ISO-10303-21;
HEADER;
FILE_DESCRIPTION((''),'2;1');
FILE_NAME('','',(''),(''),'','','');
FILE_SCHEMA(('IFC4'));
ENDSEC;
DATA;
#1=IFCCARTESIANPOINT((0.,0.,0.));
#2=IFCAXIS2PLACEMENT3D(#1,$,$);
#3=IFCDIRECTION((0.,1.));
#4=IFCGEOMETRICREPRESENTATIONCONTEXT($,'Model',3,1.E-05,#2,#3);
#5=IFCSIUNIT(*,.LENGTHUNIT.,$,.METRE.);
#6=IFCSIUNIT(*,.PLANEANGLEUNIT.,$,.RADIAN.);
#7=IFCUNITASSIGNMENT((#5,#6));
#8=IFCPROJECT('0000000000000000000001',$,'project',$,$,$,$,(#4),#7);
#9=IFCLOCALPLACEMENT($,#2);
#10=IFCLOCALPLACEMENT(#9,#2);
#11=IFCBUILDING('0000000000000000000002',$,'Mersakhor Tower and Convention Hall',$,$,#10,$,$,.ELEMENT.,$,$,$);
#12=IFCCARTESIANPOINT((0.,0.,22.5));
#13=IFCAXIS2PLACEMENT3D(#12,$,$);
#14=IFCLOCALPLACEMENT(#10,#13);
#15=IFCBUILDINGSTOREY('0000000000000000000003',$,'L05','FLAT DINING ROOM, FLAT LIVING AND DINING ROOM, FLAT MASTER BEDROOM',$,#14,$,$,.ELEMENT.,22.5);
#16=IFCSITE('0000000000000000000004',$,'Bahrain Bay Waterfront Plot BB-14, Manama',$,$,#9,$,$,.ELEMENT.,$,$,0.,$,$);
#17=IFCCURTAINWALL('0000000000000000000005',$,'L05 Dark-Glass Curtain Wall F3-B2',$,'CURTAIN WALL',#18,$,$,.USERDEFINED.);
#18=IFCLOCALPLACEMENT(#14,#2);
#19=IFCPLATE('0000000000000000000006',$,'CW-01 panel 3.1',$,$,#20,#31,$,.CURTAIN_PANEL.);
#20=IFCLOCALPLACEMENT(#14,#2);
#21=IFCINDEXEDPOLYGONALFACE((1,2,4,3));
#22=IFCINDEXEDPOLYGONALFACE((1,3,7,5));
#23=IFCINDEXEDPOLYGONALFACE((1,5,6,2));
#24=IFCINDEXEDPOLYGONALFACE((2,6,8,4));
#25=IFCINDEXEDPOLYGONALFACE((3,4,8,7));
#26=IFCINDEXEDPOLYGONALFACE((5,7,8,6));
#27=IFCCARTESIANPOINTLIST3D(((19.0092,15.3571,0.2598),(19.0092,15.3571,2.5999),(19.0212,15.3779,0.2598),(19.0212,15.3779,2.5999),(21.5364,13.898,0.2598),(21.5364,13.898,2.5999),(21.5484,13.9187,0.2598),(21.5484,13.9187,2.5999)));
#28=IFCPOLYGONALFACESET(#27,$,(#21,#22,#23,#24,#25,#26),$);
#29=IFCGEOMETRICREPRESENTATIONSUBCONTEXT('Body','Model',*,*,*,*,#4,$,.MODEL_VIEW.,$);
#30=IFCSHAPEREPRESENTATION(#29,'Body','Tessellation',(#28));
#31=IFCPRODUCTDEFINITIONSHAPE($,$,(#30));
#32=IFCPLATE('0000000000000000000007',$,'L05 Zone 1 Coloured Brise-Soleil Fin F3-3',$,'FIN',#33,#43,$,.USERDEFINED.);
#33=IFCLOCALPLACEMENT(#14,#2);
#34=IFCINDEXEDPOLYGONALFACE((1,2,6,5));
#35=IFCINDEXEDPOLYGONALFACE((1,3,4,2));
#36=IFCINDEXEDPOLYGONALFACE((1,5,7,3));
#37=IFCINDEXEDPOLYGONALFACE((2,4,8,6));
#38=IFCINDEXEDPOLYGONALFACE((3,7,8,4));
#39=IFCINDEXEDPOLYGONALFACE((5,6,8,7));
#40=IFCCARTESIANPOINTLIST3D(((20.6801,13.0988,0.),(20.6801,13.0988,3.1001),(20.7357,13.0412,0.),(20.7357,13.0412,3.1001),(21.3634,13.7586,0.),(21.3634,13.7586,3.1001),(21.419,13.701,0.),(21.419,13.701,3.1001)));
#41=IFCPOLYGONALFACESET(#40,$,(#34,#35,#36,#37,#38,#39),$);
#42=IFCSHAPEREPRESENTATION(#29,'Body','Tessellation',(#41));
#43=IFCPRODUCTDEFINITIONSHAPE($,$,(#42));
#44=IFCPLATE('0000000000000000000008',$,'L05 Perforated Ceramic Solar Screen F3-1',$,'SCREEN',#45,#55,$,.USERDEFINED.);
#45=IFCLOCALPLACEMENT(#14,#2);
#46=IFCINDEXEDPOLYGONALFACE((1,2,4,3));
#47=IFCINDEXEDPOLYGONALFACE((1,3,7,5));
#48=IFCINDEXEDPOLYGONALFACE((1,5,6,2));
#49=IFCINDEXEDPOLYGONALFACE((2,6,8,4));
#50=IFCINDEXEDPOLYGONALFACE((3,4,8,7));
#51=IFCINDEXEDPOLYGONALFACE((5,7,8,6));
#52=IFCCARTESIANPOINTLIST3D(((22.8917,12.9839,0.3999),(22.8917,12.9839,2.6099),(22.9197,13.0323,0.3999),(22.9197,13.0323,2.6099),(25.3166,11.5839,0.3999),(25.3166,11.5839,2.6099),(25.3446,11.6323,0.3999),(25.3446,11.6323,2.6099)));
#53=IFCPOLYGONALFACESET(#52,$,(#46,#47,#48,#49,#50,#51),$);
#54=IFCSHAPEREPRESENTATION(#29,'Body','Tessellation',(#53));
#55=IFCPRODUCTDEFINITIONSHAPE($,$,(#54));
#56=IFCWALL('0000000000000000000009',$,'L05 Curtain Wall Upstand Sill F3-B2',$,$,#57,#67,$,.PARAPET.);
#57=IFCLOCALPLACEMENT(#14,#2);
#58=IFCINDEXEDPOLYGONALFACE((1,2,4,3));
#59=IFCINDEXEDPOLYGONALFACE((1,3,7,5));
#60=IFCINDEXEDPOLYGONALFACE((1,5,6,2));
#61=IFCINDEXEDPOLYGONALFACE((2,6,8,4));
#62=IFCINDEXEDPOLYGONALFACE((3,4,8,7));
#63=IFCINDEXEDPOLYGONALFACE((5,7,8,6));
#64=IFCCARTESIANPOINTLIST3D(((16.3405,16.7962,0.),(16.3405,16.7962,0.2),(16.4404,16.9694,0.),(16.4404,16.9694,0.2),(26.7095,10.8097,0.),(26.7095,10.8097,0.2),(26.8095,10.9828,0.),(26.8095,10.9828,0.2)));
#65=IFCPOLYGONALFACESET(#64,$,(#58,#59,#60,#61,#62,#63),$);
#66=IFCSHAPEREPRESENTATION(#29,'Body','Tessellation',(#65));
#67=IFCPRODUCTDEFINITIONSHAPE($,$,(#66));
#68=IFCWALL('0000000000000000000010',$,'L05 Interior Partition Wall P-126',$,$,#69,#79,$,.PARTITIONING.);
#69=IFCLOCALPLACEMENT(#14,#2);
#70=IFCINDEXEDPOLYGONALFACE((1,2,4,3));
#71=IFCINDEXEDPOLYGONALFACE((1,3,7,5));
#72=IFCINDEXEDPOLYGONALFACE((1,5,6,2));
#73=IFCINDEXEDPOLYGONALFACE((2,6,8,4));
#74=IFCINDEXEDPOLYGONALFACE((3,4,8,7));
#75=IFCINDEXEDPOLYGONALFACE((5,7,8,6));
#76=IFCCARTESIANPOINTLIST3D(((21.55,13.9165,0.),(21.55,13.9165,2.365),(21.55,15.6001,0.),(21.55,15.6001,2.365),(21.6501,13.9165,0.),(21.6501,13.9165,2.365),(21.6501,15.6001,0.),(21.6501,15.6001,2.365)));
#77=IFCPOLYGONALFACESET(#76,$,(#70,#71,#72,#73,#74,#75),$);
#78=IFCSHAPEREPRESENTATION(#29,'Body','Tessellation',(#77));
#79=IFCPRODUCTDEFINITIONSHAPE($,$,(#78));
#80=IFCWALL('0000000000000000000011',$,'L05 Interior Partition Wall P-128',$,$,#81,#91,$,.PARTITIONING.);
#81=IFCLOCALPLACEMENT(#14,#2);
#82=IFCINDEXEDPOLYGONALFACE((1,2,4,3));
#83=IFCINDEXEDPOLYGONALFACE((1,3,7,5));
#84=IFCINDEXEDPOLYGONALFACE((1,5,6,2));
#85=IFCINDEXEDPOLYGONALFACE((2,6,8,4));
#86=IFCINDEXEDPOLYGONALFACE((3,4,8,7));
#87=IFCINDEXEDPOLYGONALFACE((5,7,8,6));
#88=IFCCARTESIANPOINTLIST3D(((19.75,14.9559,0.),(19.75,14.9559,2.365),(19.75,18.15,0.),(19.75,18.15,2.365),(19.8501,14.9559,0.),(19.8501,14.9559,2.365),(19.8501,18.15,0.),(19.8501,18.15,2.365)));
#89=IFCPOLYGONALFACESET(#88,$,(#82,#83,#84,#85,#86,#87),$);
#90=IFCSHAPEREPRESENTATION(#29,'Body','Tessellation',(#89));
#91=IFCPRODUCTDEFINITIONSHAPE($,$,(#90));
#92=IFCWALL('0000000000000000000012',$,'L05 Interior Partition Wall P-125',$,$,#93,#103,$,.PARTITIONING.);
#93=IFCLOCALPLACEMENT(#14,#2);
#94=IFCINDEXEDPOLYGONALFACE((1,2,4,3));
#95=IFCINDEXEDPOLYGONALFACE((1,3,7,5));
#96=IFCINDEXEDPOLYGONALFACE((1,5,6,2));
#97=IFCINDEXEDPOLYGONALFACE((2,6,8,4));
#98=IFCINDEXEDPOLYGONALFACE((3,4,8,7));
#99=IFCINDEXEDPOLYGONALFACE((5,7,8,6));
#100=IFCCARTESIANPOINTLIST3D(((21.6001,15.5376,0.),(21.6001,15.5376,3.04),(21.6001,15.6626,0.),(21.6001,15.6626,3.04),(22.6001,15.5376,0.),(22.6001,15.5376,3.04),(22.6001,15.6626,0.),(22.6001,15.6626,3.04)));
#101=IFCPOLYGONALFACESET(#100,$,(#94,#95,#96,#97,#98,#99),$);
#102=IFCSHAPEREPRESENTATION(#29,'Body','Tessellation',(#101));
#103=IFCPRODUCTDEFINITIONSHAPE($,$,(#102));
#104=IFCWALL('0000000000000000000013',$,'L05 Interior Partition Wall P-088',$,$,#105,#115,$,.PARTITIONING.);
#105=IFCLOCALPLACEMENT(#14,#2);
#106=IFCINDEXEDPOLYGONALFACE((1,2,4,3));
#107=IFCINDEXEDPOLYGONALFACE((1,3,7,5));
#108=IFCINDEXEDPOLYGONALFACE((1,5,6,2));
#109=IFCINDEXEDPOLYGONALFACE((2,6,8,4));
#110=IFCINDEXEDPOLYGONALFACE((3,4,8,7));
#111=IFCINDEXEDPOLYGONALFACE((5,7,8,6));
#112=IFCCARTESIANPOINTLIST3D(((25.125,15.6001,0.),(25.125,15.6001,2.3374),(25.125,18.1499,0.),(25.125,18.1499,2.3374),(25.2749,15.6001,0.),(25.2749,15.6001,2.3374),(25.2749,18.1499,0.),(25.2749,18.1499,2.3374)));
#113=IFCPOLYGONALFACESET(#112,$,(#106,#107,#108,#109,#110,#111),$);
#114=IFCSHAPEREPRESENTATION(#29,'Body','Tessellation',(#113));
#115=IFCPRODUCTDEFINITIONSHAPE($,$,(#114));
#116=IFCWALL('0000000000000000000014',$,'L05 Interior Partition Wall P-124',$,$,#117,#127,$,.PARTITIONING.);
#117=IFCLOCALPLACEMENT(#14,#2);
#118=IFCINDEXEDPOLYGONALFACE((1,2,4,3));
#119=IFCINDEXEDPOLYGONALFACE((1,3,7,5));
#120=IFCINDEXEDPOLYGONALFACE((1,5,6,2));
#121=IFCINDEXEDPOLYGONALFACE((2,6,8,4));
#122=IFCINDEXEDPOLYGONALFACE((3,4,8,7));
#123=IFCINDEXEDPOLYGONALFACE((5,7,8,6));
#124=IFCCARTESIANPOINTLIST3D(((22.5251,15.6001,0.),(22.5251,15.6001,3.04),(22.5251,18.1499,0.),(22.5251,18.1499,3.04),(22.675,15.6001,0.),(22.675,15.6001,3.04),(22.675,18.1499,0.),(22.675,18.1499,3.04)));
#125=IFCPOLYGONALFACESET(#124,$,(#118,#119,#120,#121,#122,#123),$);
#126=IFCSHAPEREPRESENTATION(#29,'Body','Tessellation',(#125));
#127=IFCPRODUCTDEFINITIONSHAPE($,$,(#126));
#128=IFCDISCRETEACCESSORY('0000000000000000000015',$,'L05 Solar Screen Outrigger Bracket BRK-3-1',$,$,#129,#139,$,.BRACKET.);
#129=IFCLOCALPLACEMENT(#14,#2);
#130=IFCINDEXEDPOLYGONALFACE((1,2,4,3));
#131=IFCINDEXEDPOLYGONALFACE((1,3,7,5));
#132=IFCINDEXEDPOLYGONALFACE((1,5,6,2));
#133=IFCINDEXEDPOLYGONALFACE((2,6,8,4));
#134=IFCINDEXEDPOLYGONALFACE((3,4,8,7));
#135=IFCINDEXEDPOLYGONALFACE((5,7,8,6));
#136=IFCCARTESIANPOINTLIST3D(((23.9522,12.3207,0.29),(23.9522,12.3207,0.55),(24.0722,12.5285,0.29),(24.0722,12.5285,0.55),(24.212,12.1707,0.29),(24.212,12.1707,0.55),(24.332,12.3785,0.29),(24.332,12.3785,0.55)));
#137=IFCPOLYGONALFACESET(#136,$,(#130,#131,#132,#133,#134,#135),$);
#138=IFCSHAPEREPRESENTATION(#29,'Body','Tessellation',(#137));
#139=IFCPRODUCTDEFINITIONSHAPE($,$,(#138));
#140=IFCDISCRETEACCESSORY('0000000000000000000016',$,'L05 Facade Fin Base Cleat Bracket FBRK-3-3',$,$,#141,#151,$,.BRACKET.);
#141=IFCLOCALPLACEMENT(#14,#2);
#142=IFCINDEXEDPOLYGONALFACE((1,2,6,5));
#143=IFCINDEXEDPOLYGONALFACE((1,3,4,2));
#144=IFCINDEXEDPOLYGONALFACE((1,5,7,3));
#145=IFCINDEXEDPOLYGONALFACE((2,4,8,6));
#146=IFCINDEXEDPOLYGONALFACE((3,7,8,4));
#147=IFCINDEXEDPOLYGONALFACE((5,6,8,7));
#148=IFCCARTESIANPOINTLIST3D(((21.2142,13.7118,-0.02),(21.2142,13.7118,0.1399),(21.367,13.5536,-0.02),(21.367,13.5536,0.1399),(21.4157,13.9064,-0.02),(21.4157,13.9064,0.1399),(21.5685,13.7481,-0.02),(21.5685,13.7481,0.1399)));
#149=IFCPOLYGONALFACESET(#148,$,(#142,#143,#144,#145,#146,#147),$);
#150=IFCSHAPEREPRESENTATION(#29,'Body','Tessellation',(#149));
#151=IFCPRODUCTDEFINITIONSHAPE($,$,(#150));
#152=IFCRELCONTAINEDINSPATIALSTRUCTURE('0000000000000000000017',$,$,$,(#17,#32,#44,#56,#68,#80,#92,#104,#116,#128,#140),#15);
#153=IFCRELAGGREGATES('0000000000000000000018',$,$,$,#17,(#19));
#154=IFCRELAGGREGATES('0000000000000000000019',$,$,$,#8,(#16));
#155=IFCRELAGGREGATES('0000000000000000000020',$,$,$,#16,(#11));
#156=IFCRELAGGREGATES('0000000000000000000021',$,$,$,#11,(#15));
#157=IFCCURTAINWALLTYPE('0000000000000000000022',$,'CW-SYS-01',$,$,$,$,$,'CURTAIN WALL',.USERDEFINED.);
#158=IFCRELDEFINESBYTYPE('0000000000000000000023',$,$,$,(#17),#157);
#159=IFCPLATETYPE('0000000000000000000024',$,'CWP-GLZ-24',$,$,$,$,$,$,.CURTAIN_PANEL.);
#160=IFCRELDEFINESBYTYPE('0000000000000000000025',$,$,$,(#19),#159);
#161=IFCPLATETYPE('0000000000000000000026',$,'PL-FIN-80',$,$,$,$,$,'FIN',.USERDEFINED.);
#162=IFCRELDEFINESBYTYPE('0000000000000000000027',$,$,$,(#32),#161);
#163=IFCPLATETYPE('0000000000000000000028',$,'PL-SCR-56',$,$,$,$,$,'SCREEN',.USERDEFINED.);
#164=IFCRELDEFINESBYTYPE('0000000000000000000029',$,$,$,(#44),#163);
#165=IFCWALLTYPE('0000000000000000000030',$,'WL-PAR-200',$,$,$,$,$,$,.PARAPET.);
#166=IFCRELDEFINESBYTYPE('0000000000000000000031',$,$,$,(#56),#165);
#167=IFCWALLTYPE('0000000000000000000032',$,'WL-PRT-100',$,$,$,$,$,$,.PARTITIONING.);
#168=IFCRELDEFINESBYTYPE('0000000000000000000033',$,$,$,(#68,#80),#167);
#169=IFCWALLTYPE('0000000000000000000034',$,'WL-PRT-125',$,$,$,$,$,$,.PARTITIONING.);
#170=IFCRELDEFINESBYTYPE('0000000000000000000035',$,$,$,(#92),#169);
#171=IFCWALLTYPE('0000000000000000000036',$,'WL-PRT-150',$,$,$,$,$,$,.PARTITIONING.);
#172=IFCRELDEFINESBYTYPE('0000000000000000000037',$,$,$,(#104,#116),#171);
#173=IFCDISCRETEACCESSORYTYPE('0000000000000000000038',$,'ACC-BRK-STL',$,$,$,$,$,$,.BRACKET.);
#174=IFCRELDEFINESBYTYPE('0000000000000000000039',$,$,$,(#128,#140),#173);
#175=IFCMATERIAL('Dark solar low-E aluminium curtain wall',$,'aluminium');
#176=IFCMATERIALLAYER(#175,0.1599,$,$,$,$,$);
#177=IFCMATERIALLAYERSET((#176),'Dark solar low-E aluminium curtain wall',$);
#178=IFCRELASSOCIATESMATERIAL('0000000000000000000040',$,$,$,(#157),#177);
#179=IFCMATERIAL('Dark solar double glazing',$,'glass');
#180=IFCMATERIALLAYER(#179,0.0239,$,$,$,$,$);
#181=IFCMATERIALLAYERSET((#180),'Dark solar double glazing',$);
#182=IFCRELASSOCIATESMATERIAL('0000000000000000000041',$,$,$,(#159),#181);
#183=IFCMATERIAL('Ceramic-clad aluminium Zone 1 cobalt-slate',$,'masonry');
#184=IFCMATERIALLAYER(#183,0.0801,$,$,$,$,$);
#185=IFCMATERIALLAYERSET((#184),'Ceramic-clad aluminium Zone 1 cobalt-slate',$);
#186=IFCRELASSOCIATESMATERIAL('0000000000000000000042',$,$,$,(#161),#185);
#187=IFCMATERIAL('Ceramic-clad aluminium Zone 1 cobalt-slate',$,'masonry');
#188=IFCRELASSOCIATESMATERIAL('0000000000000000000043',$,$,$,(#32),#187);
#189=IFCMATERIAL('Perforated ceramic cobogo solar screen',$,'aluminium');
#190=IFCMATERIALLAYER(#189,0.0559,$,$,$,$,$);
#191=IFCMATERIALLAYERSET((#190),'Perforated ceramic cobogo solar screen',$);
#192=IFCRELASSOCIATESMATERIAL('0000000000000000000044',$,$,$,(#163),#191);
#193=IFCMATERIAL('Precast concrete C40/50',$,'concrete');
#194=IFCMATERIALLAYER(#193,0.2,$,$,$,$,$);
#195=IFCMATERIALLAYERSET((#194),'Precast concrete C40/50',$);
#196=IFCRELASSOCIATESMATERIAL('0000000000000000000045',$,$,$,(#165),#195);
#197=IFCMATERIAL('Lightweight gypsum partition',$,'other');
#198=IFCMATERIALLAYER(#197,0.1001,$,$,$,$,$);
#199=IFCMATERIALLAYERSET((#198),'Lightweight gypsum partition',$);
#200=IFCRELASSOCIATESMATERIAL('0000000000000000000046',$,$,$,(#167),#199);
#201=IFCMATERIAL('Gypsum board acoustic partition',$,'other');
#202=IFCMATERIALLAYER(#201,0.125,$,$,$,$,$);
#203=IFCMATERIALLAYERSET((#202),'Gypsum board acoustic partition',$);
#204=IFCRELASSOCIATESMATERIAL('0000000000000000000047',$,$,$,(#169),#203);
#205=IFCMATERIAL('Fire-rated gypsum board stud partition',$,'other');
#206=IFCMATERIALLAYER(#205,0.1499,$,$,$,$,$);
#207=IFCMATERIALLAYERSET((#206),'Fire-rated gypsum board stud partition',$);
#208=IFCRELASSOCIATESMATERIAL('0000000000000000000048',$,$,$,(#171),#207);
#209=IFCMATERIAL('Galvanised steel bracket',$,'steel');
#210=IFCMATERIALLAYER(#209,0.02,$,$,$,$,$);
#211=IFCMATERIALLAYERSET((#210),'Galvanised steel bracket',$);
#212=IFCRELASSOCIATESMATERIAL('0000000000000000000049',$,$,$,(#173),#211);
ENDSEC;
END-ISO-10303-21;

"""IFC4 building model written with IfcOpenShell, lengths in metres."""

from ifc_helpers import new_model, si_unit, direction, frame, frame_2d, origin, origin_2d, place, context, subcontext, project, spatial, rectangle, extrude, material, layer, layer_set, type_object, element, aggregate, save


model = new_model("IFC4")

# Units and contexts
model_context = context("Model", 3, precision=1e-05, world=origin(), true_north=direction((0.0, 1.0)))
body_context = subcontext(model_context, "Body", "Model", "MODEL_VIEW")
ifc_project = project(units=[si_unit("LENGTHUNIT", "METRE"), si_unit("PLANEANGLEUNIT", "RADIAN")], contexts=[model_context])

# Site, building, storey
site_placement = place(None, origin())
site = spatial("IfcSite", under=ifc_project, at=site_placement, Name="Bahrain Bay Waterfront Plot BB-14, Manama", CompositionType="ELEMENT", RefElevation=0.0)
building_placement = place(site_placement, origin())
building = spatial("IfcBuilding", under=site, at=building_placement, Name="Mersakhor Tower and Convention Hall", CompositionType="ELEMENT")
storey_placement = place(building_placement, frame((0.0, 0.0, 22.5)))
storey = spatial("IfcBuildingStorey", under=building, at=storey_placement, Name="L05", Description="FLAT DINING ROOM, FLAT LIVING AND DINING ROOM, FLAT MASTER BEDROOM", CompositionType="ELEMENT", Elevation=22.5)

# Curtain wall, plate
ifc_material_1 = material(Name="Dark solar low-E aluminium curtain wall", Category="aluminium")
ifc_layer_1 = layer(ifc_material_1, 0.1599)
ifc_layer_set_1 = layer_set([ifc_layer_1], Name="Dark solar low-E aluminium curtain wall")
curtain_wall_type = type_object("IfcCurtainWallType", Name="CW-SYS-01", ElementType="CURTAIN WALL", PredefinedType="USERDEFINED", material=ifc_layer_set_1)
curtain_wall_placement = place(storey_placement, origin())
curtain_wall = element("IfcCurtainWall", 1, at=curtain_wall_placement, inside=storey, type_object=curtain_wall_type, Name="L05 Dark-Glass Curtain Wall F3-B2", ObjectType="CURTAIN WALL", PredefinedType="USERDEFINED")
ifc_material_2 = material(Name="Dark solar double glazing", Category="glass")
ifc_layer_2 = layer(ifc_material_2, 0.0239)
ifc_layer_set_2 = layer_set([ifc_layer_2], Name="Dark solar double glazing")
plate_type_1 = type_object("IfcPlateType", Name="CWP-GLZ-24", PredefinedType="CURTAIN_PANEL", material=ifc_layer_set_2)
plate_1_placement = place(storey_placement, frame((20.2788, 14.6379, 0.2598), z_axis=(0.0, 0.0, 1.0), x_axis=(-0.866023, 0.500003, 0.0)))
plate_1 = element("IfcPlate", 2, at=plate_1_placement, type_object=plate_type_1, Name="CW-01 panel 3.1", PredefinedType="CURTAIN_PANEL", context=body_context, shape_type="SweptSolid", body=[
    extrude(rectangle(XDim=2.9182, YDim=0.0239, at=origin_2d()), origin(), (0.0, 0.0, 1.0), 2.3401),
])
aggregate(curtain_wall, [plate_1])

# Plates
ifc_material_3 = material(Name="Ceramic-clad aluminium Zone 1 cobalt-slate", Category="masonry")
ifc_material_4 = material(Name="Ceramic-clad aluminium Zone 1 cobalt-slate", Category="masonry")
ifc_layer_3 = layer(ifc_material_4, 0.0801)
ifc_layer_set_3 = layer_set([ifc_layer_3], Name="Ceramic-clad aluminium Zone 1 cobalt-slate")
plate_type_2 = type_object("IfcPlateType", Name="PL-FIN-80", ElementType="FIN", PredefinedType="USERDEFINED", material=ifc_layer_set_3)
plate_2_placement = place(storey_placement, frame((21.0496, 13.3999, 0.0), z_axis=(0.0, 0.0, 1.0), x_axis=(-0.71934, -0.694658, 0.0)))
element("IfcPlate", 3, at=plate_2_placement, inside=storey, type_object=plate_type_2, material=ifc_material_3, Name="L05 Zone 1 Coloured Brise-Soleil Fin F3-3", ObjectType="FIN", PredefinedType="USERDEFINED", context=body_context, shape_type="SweptSolid", body=[
    extrude(rectangle(XDim=0.95, YDim=0.0801, at=origin_2d()), origin(), (0.0, 0.0, 1.0), 3.1001),
])
ifc_material_5 = material(Name="Perforated ceramic cobogo solar screen", Category="aluminium")
ifc_layer_4 = layer(ifc_material_5, 0.0559)
ifc_layer_set_4 = layer_set([ifc_layer_4], Name="Perforated ceramic cobogo solar screen")
plate_type_3 = type_object("IfcPlateType", Name="PL-SCR-56", ElementType="SCREEN", PredefinedType="USERDEFINED", material=ifc_layer_set_4)
plate_3_placement = place(storey_placement, frame((24.1182, 12.3081, 0.3999), z_axis=(0.0, 0.0, 1.0), x_axis=(-0.866025, 0.5, 0.0)))
element("IfcPlate", 4, at=plate_3_placement, inside=storey, type_object=plate_type_3, Name="L05 Perforated Ceramic Solar Screen F3-1", ObjectType="SCREEN", PredefinedType="USERDEFINED", context=body_context, shape_type="SweptSolid", body=[
    extrude(rectangle(XDim=2.8, YDim=0.0559, at=origin_2d()), origin(), (0.0, 0.0, 1.0), 2.21),
])

# Walls
ifc_material_6 = material(Name="Precast concrete C40/50", Category="concrete")
ifc_layer_5 = layer(ifc_material_6, 0.2)
ifc_layer_set_5 = layer_set([ifc_layer_5], Name="Precast concrete C40/50")
wall_type_1 = type_object("IfcWallType", Name="WL-PAR-200", PredefinedType="PARAPET", material=ifc_layer_set_5)
wall_1_placement = place(storey_placement, frame((26.7595, 10.8962, 0.0), z_axis=(0.0, 0.0, 1.0), x_axis=(-0.866027, 0.499997, 0.0)))
element("IfcWall", 5, at=wall_1_placement, inside=storey, type_object=wall_type_1, Name="L05 Curtain Wall Upstand Sill F3-B2", PredefinedType="PARAPET", context=body_context, shape_type="SweptSolid", body=[
    extrude(rectangle(XDim=11.9731, YDim=0.2, at=frame_2d((5.9866, 0.0))), origin(), (0.0, 0.0, 1.0), 0.2),
])
ifc_material_7 = material(Name="Lightweight gypsum partition", Category="other")
ifc_layer_6 = layer(ifc_material_7, 0.1001)
ifc_layer_set_6 = layer_set([ifc_layer_6], Name="Lightweight gypsum partition")
wall_type_2 = type_object("IfcWallType", Name="WL-PRT-100", PredefinedType="PARTITIONING", material=ifc_layer_set_6)
wall_2_placement = place(storey_placement, frame((21.6001, 15.6001, 0.0), z_axis=(0.0, 0.0, 1.0), x_axis=(0.0, -1.0, 0.0)))
element("IfcWall", 6, at=wall_2_placement, inside=storey, type_object=wall_type_2, Name="L05 Interior Partition Wall P-126", PredefinedType="PARTITIONING", context=body_context, shape_type="SweptSolid", body=[
    extrude(rectangle(XDim=1.6836, YDim=0.1001, at=frame_2d((0.8418, 0.0))), origin(), (0.0, 0.0, 1.0), 2.365),
])
wall_3_placement = place(storey_placement, frame((19.8, 14.9558, 0.0), z_axis=(0.0, 0.0, 1.0), x_axis=(0.0, 1.0, 0.0)))
element("IfcWall", 7, at=wall_3_placement, inside=storey, type_object=wall_type_2, Name="L05 Interior Partition Wall P-128", PredefinedType="PARTITIONING", context=body_context, shape_type="SweptSolid", body=[
    extrude(rectangle(XDim=3.1941, YDim=0.1001, at=frame_2d((1.5972, 0.0))), origin(), (0.0, 0.0, 1.0), 2.365),
])
ifc_material_8 = material(Name="Gypsum board acoustic partition", Category="other")
ifc_layer_7 = layer(ifc_material_8, 0.125)
ifc_layer_set_7 = layer_set([ifc_layer_7], Name="Gypsum board acoustic partition")
wall_type_3 = type_object("IfcWallType", Name="WL-PRT-125", PredefinedType="PARTITIONING", material=ifc_layer_set_7)
wall_4_placement = place(storey_placement, frame((22.6001, 15.6001, 0.0), z_axis=(0.0, 0.0, 1.0), x_axis=(-1.0, 0.0, 0.0)))
element("IfcWall", 8, at=wall_4_placement, inside=storey, type_object=wall_type_3, Name="L05 Interior Partition Wall P-125", PredefinedType="PARTITIONING", context=body_context, shape_type="SweptSolid", body=[
    extrude(rectangle(XDim=1.0, YDim=0.125, at=frame_2d((0.5, 0.0))), origin(), (0.0, 0.0, 1.0), 3.04),
])
ifc_material_9 = material(Name="Fire-rated gypsum board stud partition", Category="other")
ifc_layer_8 = layer(ifc_material_9, 0.1499)
ifc_layer_set_8 = layer_set([ifc_layer_8], Name="Fire-rated gypsum board stud partition")
wall_type_4 = type_object("IfcWallType", Name="WL-PRT-150", PredefinedType="PARTITIONING", material=ifc_layer_set_8)
wall_5_placement = place(storey_placement, frame((25.2, 15.6001, 0.0), z_axis=(0.0, 0.0, 1.0), x_axis=(0.0, 1.0, 0.0)))
element("IfcWall", 9, at=wall_5_placement, inside=storey, type_object=wall_type_4, Name="L05 Interior Partition Wall P-088", PredefinedType="PARTITIONING", context=body_context, shape_type="SweptSolid", body=[
    extrude(rectangle(XDim=2.5498, YDim=0.1499, at=frame_2d((1.2749, 0.0))), origin(), (0.0, 0.0, 1.0), 2.3374),
])
wall_6_placement = place(storey_placement, frame((22.6001, 15.6001, 0.0), z_axis=(0.0, 0.0, 1.0), x_axis=(0.0, 1.0, 0.0)))
element("IfcWall", 10, at=wall_6_placement, inside=storey, type_object=wall_type_4, Name="L05 Interior Partition Wall P-124", PredefinedType="PARTITIONING", context=body_context, shape_type="SweptSolid", body=[
    extrude(rectangle(XDim=2.5498, YDim=0.1499, at=frame_2d((1.2749, 0.0))), origin(), (0.0, 0.0, 1.0), 3.04),
])

# Discrete accessories
ifc_material_10 = material(Name="Galvanised steel bracket", Category="steel")
ifc_layer_9 = layer(ifc_material_10, 0.02)
ifc_layer_set_9 = layer_set([ifc_layer_9], Name="Galvanised steel bracket")
discrete_accessory_type = type_object("IfcDiscreteAccessoryType", Name="ACC-BRK-STL", PredefinedType="BRACKET", material=ifc_layer_set_9)
discrete_accessory_1_placement = place(storey_placement, frame((24.1421, 12.3496, 0.29), z_axis=(0.0, 0.0, 1.0), x_axis=(-0.866025, 0.5, 0.0)))
element("IfcDiscreteAccessory", 11, at=discrete_accessory_1_placement, inside=storey, type_object=discrete_accessory_type, Name="L05 Solar Screen Outrigger Bracket BRK-3-1", PredefinedType="BRACKET", context=body_context, shape_type="SweptSolid", body=[
    extrude(rectangle(XDim=0.3, YDim=0.24, at=origin_2d()), origin(), (0.0, 0.0, 1.0), 0.26),
])
discrete_accessory_2_placement = place(storey_placement, frame((21.3914, 13.73, -0.02), z_axis=(0.0, 0.0, 1.0), x_axis=(-0.71934, -0.694658, 0.0)))
element("IfcDiscreteAccessory", 12, at=discrete_accessory_2_placement, inside=storey, type_object=discrete_accessory_type, Name="L05 Facade Fin Base Cleat Bracket FBRK-3-3", PredefinedType="BRACKET", context=body_context, shape_type="SweptSolid", body=[
    extrude(rectangle(XDim=0.28, YDim=0.22, at=origin_2d()), origin(), (0.0, 0.0, 1.0), 0.1599),
])

save(model, "model.ifc")
